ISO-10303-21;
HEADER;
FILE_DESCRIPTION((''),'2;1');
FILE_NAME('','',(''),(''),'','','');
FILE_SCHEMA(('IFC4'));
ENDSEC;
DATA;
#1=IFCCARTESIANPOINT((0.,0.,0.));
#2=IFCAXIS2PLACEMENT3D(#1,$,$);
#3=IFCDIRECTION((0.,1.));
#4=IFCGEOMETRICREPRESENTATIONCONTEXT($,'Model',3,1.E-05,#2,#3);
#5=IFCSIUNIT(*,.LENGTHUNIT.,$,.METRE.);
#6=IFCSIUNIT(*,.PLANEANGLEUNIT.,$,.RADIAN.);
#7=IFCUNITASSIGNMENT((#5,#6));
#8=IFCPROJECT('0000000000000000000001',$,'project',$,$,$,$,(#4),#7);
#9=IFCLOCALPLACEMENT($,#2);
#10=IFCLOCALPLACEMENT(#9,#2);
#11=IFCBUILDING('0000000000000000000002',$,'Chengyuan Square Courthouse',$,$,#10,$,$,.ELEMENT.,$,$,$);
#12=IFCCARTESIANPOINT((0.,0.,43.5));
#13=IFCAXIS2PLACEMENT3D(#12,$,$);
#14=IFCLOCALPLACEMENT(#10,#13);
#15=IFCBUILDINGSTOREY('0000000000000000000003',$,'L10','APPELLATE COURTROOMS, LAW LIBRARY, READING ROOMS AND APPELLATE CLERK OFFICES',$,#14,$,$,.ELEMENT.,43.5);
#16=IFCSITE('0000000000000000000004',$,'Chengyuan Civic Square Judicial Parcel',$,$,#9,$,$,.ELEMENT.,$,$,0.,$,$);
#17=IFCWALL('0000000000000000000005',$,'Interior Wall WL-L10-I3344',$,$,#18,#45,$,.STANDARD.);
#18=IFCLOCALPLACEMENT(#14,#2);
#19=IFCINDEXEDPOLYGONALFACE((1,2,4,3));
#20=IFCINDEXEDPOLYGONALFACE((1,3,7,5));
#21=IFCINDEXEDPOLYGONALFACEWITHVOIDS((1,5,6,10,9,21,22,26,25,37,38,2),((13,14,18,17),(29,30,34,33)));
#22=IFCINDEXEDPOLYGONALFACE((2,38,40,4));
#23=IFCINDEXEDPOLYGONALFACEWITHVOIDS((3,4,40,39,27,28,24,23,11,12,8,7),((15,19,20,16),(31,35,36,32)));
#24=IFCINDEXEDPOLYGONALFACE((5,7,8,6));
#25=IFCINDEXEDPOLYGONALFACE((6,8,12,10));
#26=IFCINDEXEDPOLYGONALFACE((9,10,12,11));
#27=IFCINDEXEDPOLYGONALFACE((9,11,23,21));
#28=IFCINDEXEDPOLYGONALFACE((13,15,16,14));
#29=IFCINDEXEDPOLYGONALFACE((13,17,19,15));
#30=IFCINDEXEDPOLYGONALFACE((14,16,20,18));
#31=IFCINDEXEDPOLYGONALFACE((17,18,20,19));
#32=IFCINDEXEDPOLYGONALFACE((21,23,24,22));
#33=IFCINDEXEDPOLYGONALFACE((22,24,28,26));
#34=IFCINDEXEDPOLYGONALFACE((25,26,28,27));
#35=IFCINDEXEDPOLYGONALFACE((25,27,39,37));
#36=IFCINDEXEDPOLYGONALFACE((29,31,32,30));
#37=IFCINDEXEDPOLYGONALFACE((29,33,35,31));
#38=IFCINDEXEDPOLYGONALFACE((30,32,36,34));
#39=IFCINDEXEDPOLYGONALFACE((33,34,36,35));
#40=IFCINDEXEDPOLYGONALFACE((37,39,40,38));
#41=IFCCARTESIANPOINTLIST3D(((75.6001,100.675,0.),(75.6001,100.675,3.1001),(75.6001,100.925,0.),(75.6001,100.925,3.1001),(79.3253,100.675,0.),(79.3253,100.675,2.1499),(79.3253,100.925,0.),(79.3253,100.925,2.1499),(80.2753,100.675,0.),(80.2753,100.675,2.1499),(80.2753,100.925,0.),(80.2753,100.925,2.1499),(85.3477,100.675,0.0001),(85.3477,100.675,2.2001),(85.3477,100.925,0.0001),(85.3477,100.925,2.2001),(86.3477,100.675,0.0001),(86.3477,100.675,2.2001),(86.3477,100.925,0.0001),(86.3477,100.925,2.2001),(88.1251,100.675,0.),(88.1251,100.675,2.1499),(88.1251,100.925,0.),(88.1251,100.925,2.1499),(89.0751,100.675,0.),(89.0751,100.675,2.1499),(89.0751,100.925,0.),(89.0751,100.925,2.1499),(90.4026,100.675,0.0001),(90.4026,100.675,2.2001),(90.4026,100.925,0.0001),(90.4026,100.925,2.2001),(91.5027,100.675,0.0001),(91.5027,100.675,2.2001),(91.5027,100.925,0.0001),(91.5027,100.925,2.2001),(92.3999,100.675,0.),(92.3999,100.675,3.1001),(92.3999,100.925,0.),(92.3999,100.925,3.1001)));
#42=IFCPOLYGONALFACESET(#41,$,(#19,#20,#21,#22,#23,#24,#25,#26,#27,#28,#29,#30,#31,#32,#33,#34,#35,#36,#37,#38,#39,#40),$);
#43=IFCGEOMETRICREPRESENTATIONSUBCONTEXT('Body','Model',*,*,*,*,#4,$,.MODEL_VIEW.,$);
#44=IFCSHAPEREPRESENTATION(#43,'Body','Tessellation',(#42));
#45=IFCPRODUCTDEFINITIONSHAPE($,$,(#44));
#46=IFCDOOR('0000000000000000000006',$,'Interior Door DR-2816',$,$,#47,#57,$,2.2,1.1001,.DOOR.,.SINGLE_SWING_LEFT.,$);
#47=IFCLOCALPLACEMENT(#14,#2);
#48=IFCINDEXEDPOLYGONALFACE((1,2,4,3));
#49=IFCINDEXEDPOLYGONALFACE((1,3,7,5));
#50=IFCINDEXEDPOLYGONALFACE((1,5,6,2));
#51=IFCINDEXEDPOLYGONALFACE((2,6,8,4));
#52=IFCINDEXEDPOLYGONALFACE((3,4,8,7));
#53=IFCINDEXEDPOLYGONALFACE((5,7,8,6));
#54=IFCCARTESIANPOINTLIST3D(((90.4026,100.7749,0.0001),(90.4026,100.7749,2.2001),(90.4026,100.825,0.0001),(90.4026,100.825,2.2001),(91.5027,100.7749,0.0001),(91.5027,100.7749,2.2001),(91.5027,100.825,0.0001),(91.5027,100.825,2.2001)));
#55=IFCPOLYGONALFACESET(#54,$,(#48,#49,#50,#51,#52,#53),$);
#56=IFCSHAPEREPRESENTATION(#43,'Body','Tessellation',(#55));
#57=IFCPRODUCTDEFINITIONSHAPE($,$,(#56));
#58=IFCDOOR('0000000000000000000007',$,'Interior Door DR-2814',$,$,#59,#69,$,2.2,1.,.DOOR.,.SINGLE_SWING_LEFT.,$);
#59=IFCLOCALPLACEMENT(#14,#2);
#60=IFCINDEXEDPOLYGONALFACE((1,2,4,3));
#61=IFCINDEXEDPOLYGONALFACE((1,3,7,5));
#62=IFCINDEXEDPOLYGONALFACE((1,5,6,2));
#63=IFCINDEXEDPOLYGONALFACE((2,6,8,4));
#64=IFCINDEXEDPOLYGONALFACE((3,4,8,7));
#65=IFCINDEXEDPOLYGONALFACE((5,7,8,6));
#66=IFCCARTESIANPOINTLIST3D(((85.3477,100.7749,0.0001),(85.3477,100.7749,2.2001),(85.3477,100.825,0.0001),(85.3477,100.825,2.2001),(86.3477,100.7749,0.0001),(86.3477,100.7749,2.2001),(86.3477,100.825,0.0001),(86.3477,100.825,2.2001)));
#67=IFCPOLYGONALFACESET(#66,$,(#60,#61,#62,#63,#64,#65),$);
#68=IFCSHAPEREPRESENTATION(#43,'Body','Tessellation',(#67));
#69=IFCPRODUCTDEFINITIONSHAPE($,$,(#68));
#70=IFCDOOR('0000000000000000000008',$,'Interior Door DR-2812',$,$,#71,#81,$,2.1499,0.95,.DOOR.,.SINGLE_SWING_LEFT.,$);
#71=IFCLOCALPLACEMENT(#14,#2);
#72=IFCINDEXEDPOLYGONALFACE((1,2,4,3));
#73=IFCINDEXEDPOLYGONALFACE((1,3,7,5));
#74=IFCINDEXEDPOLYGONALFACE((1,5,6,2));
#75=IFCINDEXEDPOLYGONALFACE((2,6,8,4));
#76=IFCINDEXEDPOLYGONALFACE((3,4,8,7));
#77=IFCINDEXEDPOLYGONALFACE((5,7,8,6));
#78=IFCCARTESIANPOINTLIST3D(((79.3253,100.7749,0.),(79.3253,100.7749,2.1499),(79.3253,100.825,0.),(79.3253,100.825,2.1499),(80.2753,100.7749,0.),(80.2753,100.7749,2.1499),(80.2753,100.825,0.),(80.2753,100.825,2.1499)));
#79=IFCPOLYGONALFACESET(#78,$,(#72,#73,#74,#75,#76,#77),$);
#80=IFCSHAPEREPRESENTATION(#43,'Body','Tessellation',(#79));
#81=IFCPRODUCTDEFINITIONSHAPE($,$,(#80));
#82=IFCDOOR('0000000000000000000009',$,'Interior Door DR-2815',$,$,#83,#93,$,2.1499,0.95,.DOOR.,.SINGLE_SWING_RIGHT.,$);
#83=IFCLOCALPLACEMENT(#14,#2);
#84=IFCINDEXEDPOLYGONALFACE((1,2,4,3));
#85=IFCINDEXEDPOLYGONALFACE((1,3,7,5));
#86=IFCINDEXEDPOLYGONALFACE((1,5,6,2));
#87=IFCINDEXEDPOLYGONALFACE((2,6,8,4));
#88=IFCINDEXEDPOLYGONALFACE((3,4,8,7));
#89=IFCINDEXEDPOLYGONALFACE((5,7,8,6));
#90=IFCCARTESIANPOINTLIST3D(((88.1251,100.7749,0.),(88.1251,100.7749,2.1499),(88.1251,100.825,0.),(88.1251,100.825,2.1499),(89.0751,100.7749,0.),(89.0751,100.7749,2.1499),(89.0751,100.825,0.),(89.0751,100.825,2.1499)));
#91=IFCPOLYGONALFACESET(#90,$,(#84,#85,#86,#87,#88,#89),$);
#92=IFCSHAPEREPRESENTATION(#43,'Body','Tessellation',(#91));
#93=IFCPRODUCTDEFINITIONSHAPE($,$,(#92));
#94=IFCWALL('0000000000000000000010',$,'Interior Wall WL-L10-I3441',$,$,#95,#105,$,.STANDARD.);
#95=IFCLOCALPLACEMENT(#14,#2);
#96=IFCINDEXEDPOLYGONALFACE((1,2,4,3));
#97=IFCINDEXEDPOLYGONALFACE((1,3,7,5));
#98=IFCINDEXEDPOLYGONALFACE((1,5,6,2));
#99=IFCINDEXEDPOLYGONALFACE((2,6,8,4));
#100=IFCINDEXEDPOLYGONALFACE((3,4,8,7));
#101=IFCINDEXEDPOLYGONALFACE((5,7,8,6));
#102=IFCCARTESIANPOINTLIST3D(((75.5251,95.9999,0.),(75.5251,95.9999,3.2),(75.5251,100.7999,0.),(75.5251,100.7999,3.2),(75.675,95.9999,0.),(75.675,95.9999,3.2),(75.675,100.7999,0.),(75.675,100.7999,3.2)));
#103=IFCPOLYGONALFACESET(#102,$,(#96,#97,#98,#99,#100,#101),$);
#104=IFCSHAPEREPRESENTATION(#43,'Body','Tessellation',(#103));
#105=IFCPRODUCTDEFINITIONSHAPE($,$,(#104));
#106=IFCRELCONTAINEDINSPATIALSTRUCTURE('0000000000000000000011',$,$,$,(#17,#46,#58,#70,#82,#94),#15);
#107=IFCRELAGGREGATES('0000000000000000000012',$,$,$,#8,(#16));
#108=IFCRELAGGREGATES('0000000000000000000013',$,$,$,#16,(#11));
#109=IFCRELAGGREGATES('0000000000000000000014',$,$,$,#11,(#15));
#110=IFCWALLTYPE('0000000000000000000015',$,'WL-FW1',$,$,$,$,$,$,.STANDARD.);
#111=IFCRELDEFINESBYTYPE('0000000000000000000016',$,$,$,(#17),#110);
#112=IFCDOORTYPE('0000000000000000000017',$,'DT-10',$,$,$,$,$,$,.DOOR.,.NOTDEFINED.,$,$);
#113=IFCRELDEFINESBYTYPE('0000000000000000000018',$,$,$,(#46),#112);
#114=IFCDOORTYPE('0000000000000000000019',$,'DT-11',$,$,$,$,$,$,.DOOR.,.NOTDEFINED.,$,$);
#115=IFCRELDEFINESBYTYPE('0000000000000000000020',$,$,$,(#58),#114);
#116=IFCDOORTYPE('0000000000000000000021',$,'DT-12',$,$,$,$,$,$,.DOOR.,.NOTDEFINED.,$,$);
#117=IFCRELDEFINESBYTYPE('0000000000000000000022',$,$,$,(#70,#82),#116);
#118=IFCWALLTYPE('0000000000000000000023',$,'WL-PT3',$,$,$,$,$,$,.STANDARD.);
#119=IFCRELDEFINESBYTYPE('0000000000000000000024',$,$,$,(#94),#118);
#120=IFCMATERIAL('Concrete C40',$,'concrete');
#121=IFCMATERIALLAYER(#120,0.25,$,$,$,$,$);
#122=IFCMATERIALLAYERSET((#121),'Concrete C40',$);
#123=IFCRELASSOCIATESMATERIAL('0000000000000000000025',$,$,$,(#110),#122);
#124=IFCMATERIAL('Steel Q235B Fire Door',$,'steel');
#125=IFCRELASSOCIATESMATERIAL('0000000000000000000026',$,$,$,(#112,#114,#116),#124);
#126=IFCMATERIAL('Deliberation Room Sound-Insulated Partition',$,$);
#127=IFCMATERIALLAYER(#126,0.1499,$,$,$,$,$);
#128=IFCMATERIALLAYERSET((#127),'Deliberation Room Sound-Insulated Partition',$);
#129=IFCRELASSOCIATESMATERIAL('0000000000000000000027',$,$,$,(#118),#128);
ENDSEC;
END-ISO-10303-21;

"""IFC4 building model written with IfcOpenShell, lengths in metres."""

from ifc_helpers import new_model, si_unit, direction, frame, frame_2d, origin, place, context, subcontext, project, spatial, rectangle, extrude, material, layer, layer_set, type_object, element, fill, save


model = new_model("IFC4")

# Units and contexts
model_context = context("Model", 3, precision=1e-05, world=origin(), true_north=direction((0.0, 1.0)))
body_context = subcontext(model_context, "Body", "Model", "MODEL_VIEW")
ifc_project = project(units=[si_unit("LENGTHUNIT", "METRE"), si_unit("PLANEANGLEUNIT", "RADIAN")], contexts=[model_context])

# Site, building, storey
site_placement = place(None, origin())
site = spatial("IfcSite", under=ifc_project, at=site_placement, Name="Chengyuan Civic Square Judicial Parcel", CompositionType="ELEMENT", RefElevation=0.0)
building_placement = place(site_placement, origin())
building = spatial("IfcBuilding", under=site, at=building_placement, Name="Chengyuan Square Courthouse", CompositionType="ELEMENT")
storey_placement = place(building_placement, frame((0.0, 0.0, 43.5)))
storey = spatial("IfcBuildingStorey", under=building, at=storey_placement, Name="L10", Description="APPELLATE COURTROOMS, LAW LIBRARY, READING ROOMS AND APPELLATE CLERK OFFICES", CompositionType="ELEMENT", Elevation=43.5)

# Shared definitions
ifc_material_1 = material(Name="Concrete C40", Category="concrete")

# Wall, openings, doors
ifc_layer_1 = layer(ifc_material_1, 0.25)
ifc_layer_set_1 = layer_set([ifc_layer_1], Name="Concrete C40")
wall_type_1 = type_object("IfcWallType", Name="WL-FW1", PredefinedType="STANDARD", material=ifc_layer_set_1)
wall_1_placement = place(storey_placement, frame((75.6001, 100.8, 0.0), z_axis=(0.0, 0.0, 1.0), x_axis=(1.0, 0.0, 0.0)))
wall_1 = element("IfcWall", 1, at=wall_1_placement, inside=storey, type_object=wall_type_1, Name="Interior Wall WL-L10-I3344", PredefinedType="STANDARD", context=body_context, shape_type="SweptSolid", body=[
    extrude(rectangle(XDim=16.7998, YDim=0.25, at=frame_2d((8.3999, 0.0))), origin(), (0.0, 0.0, 1.0), 3.1001),
])
opening_1_placement = place(wall_1_placement, frame((3.7251, 0.0, 0.0)))
opening_1 = element("IfcOpeningElement", 2, at=opening_1_placement, cuts=wall_1, PredefinedType="OPENING", context=body_context, shape_type="SweptSolid", body=[
    extrude(rectangle(XDim=0.95, YDim=2.1499, at=frame_2d((0.4751, 1.075))), frame((0.0, 0.137, 0.0), z_axis=(0.0, -1.0, 0.0), x_axis=(1.0, 0.0, 0.0)), (0.0, 0.0, 1.0), 0.2739),
])
opening_2_placement = place(wall_1_placement, frame((9.7476, 0.0, 0.0)))
opening_2 = element("IfcOpeningElement", 3, at=opening_2_placement, cuts=wall_1, PredefinedType="OPENING", context=body_context, shape_type="SweptSolid", body=[
    extrude(rectangle(XDim=1.0, YDim=2.2, at=frame_2d((0.5, 1.1001))), frame((0.0, 0.137, 0.0), z_axis=(0.0, -1.0, 0.0), x_axis=(1.0, 0.0, 0.0)), (0.0, 0.0, 1.0), 0.2739),
])
opening_3_placement = place(wall_1_placement, frame((12.5249, 0.0, 0.0)))
opening_3 = element("IfcOpeningElement", 4, at=opening_3_placement, cuts=wall_1, PredefinedType="OPENING", context=body_context, shape_type="SweptSolid", body=[
    extrude(rectangle(XDim=0.95, YDim=2.1499, at=frame_2d((0.4751, 1.075))), frame((0.0, 0.137, 0.0), z_axis=(0.0, -1.0, 0.0), x_axis=(1.0, 0.0, 0.0)), (0.0, 0.0, 1.0), 0.2739),
])
opening_4_placement = place(wall_1_placement, frame((14.8025, 0.0, 0.0)))
opening_4 = element("IfcOpeningElement", 5, at=opening_4_placement, cuts=wall_1, PredefinedType="OPENING", context=body_context, shape_type="SweptSolid", body=[
    extrude(rectangle(XDim=1.1001, YDim=2.2, at=frame_2d((0.55, 1.1001))), frame((0.0, 0.137, 0.0), z_axis=(0.0, -1.0, 0.0), x_axis=(1.0, 0.0, 0.0)), (0.0, 0.0, 1.0), 0.2739),
])
ifc_material_2 = material(Name="Steel Q235B Fire Door", Category="steel")
door_type_1 = type_object("IfcDoorType", Name="DT-10", OperationType="NOTDEFINED", PredefinedType="DOOR", material=ifc_material_2)
door_1_placement = place(opening_4_placement, origin())
door_1 = element("IfcDoor", 6, at=door_1_placement, inside=storey, type_object=door_type_1, Name="Interior Door DR-2816", OperationType="SINGLE_SWING_LEFT", OverallHeight=2.2, OverallWidth=1.1001, PredefinedType="DOOR", context=body_context, shape_type="SweptSolid", body=[
    extrude(rectangle(XDim=1.1001, YDim=2.2, at=frame_2d((0.55, 1.1001))), frame((0.0, 0.0249, 0.0), z_axis=(0.0, -1.0, 0.0), x_axis=(1.0, 0.0, 0.0)), (0.0, 0.0, 1.0), 0.05),
])
fill(opening_4, door_1)
door_type_2 = type_object("IfcDoorType", Name="DT-11", OperationType="NOTDEFINED", PredefinedType="DOOR", material=ifc_material_2)
door_2_placement = place(opening_2_placement, origin())
door_2 = element("IfcDoor", 7, at=door_2_placement, inside=storey, type_object=door_type_2, Name="Interior Door DR-2814", OperationType="SINGLE_SWING_LEFT", OverallHeight=2.2, OverallWidth=1.0, PredefinedType="DOOR", context=body_context, shape_type="SweptSolid", body=[
    extrude(rectangle(XDim=1.0, YDim=2.2, at=frame_2d((0.5, 1.1001))), frame((0.0, 0.0249, 0.0), z_axis=(0.0, -1.0, 0.0), x_axis=(1.0, 0.0, 0.0)), (0.0, 0.0, 1.0), 0.05),
])
fill(opening_2, door_2)
door_type_3 = type_object("IfcDoorType", Name="DT-12", OperationType="NOTDEFINED", PredefinedType="DOOR", material=ifc_material_2)
door_3_placement = place(opening_1_placement, origin())
door_3 = element("IfcDoor", 8, at=door_3_placement, inside=storey, type_object=door_type_3, Name="Interior Door DR-2812", OperationType="SINGLE_SWING_LEFT", OverallHeight=2.1499, OverallWidth=0.95, PredefinedType="DOOR", context=body_context, shape_type="SweptSolid", body=[
    extrude(rectangle(XDim=0.95, YDim=2.1499, at=frame_2d((0.4751, 1.075))), frame((0.0, 0.0249, 0.0), z_axis=(0.0, -1.0, 0.0), x_axis=(1.0, 0.0, 0.0)), (0.0, 0.0, 1.0), 0.05),
])
fill(opening_1, door_3)
door_4_placement = place(opening_3_placement, origin())
door_4 = element("IfcDoor", 9, at=door_4_placement, inside=storey, type_object=door_type_3, Name="Interior Door DR-2815", OperationType="SINGLE_SWING_RIGHT", OverallHeight=2.1499, OverallWidth=0.95, PredefinedType="DOOR", context=body_context, shape_type="SweptSolid", body=[
    extrude(rectangle(XDim=0.95, YDim=2.1499, at=frame_2d((0.4751, 1.075))), frame((0.0, 0.0249, 0.0), z_axis=(0.0, -1.0, 0.0), x_axis=(1.0, 0.0, 0.0)), (0.0, 0.0, 1.0), 0.05),
])
fill(opening_3, door_4)

# Wall
ifc_material_3 = material(Name="Deliberation Room Sound-Insulated Partition")
ifc_layer_2 = layer(ifc_material_3, 0.1499)
ifc_layer_set_2 = layer_set([ifc_layer_2], Name="Deliberation Room Sound-Insulated Partition")
wall_type_2 = type_object("IfcWallType", Name="WL-PT3", PredefinedType="STANDARD", material=ifc_layer_set_2)
wall_2_placement = place(storey_placement, frame((75.6001, 96.0, 0.0), z_axis=(0.0, 0.0, 1.0), x_axis=(0.0, 1.0, 0.0)))
element("IfcWall", 10, at=wall_2_placement, inside=storey, type_object=wall_type_2, Name="Interior Wall WL-L10-I3441", PredefinedType="STANDARD", context=body_context, shape_type="SweptSolid", body=[
    extrude(rectangle(XDim=4.8, YDim=0.1499, at=frame_2d((2.3999, 0.0))), origin(), (0.0, 0.0, 1.0), 3.2),
])

save(model, "model.ifc")
